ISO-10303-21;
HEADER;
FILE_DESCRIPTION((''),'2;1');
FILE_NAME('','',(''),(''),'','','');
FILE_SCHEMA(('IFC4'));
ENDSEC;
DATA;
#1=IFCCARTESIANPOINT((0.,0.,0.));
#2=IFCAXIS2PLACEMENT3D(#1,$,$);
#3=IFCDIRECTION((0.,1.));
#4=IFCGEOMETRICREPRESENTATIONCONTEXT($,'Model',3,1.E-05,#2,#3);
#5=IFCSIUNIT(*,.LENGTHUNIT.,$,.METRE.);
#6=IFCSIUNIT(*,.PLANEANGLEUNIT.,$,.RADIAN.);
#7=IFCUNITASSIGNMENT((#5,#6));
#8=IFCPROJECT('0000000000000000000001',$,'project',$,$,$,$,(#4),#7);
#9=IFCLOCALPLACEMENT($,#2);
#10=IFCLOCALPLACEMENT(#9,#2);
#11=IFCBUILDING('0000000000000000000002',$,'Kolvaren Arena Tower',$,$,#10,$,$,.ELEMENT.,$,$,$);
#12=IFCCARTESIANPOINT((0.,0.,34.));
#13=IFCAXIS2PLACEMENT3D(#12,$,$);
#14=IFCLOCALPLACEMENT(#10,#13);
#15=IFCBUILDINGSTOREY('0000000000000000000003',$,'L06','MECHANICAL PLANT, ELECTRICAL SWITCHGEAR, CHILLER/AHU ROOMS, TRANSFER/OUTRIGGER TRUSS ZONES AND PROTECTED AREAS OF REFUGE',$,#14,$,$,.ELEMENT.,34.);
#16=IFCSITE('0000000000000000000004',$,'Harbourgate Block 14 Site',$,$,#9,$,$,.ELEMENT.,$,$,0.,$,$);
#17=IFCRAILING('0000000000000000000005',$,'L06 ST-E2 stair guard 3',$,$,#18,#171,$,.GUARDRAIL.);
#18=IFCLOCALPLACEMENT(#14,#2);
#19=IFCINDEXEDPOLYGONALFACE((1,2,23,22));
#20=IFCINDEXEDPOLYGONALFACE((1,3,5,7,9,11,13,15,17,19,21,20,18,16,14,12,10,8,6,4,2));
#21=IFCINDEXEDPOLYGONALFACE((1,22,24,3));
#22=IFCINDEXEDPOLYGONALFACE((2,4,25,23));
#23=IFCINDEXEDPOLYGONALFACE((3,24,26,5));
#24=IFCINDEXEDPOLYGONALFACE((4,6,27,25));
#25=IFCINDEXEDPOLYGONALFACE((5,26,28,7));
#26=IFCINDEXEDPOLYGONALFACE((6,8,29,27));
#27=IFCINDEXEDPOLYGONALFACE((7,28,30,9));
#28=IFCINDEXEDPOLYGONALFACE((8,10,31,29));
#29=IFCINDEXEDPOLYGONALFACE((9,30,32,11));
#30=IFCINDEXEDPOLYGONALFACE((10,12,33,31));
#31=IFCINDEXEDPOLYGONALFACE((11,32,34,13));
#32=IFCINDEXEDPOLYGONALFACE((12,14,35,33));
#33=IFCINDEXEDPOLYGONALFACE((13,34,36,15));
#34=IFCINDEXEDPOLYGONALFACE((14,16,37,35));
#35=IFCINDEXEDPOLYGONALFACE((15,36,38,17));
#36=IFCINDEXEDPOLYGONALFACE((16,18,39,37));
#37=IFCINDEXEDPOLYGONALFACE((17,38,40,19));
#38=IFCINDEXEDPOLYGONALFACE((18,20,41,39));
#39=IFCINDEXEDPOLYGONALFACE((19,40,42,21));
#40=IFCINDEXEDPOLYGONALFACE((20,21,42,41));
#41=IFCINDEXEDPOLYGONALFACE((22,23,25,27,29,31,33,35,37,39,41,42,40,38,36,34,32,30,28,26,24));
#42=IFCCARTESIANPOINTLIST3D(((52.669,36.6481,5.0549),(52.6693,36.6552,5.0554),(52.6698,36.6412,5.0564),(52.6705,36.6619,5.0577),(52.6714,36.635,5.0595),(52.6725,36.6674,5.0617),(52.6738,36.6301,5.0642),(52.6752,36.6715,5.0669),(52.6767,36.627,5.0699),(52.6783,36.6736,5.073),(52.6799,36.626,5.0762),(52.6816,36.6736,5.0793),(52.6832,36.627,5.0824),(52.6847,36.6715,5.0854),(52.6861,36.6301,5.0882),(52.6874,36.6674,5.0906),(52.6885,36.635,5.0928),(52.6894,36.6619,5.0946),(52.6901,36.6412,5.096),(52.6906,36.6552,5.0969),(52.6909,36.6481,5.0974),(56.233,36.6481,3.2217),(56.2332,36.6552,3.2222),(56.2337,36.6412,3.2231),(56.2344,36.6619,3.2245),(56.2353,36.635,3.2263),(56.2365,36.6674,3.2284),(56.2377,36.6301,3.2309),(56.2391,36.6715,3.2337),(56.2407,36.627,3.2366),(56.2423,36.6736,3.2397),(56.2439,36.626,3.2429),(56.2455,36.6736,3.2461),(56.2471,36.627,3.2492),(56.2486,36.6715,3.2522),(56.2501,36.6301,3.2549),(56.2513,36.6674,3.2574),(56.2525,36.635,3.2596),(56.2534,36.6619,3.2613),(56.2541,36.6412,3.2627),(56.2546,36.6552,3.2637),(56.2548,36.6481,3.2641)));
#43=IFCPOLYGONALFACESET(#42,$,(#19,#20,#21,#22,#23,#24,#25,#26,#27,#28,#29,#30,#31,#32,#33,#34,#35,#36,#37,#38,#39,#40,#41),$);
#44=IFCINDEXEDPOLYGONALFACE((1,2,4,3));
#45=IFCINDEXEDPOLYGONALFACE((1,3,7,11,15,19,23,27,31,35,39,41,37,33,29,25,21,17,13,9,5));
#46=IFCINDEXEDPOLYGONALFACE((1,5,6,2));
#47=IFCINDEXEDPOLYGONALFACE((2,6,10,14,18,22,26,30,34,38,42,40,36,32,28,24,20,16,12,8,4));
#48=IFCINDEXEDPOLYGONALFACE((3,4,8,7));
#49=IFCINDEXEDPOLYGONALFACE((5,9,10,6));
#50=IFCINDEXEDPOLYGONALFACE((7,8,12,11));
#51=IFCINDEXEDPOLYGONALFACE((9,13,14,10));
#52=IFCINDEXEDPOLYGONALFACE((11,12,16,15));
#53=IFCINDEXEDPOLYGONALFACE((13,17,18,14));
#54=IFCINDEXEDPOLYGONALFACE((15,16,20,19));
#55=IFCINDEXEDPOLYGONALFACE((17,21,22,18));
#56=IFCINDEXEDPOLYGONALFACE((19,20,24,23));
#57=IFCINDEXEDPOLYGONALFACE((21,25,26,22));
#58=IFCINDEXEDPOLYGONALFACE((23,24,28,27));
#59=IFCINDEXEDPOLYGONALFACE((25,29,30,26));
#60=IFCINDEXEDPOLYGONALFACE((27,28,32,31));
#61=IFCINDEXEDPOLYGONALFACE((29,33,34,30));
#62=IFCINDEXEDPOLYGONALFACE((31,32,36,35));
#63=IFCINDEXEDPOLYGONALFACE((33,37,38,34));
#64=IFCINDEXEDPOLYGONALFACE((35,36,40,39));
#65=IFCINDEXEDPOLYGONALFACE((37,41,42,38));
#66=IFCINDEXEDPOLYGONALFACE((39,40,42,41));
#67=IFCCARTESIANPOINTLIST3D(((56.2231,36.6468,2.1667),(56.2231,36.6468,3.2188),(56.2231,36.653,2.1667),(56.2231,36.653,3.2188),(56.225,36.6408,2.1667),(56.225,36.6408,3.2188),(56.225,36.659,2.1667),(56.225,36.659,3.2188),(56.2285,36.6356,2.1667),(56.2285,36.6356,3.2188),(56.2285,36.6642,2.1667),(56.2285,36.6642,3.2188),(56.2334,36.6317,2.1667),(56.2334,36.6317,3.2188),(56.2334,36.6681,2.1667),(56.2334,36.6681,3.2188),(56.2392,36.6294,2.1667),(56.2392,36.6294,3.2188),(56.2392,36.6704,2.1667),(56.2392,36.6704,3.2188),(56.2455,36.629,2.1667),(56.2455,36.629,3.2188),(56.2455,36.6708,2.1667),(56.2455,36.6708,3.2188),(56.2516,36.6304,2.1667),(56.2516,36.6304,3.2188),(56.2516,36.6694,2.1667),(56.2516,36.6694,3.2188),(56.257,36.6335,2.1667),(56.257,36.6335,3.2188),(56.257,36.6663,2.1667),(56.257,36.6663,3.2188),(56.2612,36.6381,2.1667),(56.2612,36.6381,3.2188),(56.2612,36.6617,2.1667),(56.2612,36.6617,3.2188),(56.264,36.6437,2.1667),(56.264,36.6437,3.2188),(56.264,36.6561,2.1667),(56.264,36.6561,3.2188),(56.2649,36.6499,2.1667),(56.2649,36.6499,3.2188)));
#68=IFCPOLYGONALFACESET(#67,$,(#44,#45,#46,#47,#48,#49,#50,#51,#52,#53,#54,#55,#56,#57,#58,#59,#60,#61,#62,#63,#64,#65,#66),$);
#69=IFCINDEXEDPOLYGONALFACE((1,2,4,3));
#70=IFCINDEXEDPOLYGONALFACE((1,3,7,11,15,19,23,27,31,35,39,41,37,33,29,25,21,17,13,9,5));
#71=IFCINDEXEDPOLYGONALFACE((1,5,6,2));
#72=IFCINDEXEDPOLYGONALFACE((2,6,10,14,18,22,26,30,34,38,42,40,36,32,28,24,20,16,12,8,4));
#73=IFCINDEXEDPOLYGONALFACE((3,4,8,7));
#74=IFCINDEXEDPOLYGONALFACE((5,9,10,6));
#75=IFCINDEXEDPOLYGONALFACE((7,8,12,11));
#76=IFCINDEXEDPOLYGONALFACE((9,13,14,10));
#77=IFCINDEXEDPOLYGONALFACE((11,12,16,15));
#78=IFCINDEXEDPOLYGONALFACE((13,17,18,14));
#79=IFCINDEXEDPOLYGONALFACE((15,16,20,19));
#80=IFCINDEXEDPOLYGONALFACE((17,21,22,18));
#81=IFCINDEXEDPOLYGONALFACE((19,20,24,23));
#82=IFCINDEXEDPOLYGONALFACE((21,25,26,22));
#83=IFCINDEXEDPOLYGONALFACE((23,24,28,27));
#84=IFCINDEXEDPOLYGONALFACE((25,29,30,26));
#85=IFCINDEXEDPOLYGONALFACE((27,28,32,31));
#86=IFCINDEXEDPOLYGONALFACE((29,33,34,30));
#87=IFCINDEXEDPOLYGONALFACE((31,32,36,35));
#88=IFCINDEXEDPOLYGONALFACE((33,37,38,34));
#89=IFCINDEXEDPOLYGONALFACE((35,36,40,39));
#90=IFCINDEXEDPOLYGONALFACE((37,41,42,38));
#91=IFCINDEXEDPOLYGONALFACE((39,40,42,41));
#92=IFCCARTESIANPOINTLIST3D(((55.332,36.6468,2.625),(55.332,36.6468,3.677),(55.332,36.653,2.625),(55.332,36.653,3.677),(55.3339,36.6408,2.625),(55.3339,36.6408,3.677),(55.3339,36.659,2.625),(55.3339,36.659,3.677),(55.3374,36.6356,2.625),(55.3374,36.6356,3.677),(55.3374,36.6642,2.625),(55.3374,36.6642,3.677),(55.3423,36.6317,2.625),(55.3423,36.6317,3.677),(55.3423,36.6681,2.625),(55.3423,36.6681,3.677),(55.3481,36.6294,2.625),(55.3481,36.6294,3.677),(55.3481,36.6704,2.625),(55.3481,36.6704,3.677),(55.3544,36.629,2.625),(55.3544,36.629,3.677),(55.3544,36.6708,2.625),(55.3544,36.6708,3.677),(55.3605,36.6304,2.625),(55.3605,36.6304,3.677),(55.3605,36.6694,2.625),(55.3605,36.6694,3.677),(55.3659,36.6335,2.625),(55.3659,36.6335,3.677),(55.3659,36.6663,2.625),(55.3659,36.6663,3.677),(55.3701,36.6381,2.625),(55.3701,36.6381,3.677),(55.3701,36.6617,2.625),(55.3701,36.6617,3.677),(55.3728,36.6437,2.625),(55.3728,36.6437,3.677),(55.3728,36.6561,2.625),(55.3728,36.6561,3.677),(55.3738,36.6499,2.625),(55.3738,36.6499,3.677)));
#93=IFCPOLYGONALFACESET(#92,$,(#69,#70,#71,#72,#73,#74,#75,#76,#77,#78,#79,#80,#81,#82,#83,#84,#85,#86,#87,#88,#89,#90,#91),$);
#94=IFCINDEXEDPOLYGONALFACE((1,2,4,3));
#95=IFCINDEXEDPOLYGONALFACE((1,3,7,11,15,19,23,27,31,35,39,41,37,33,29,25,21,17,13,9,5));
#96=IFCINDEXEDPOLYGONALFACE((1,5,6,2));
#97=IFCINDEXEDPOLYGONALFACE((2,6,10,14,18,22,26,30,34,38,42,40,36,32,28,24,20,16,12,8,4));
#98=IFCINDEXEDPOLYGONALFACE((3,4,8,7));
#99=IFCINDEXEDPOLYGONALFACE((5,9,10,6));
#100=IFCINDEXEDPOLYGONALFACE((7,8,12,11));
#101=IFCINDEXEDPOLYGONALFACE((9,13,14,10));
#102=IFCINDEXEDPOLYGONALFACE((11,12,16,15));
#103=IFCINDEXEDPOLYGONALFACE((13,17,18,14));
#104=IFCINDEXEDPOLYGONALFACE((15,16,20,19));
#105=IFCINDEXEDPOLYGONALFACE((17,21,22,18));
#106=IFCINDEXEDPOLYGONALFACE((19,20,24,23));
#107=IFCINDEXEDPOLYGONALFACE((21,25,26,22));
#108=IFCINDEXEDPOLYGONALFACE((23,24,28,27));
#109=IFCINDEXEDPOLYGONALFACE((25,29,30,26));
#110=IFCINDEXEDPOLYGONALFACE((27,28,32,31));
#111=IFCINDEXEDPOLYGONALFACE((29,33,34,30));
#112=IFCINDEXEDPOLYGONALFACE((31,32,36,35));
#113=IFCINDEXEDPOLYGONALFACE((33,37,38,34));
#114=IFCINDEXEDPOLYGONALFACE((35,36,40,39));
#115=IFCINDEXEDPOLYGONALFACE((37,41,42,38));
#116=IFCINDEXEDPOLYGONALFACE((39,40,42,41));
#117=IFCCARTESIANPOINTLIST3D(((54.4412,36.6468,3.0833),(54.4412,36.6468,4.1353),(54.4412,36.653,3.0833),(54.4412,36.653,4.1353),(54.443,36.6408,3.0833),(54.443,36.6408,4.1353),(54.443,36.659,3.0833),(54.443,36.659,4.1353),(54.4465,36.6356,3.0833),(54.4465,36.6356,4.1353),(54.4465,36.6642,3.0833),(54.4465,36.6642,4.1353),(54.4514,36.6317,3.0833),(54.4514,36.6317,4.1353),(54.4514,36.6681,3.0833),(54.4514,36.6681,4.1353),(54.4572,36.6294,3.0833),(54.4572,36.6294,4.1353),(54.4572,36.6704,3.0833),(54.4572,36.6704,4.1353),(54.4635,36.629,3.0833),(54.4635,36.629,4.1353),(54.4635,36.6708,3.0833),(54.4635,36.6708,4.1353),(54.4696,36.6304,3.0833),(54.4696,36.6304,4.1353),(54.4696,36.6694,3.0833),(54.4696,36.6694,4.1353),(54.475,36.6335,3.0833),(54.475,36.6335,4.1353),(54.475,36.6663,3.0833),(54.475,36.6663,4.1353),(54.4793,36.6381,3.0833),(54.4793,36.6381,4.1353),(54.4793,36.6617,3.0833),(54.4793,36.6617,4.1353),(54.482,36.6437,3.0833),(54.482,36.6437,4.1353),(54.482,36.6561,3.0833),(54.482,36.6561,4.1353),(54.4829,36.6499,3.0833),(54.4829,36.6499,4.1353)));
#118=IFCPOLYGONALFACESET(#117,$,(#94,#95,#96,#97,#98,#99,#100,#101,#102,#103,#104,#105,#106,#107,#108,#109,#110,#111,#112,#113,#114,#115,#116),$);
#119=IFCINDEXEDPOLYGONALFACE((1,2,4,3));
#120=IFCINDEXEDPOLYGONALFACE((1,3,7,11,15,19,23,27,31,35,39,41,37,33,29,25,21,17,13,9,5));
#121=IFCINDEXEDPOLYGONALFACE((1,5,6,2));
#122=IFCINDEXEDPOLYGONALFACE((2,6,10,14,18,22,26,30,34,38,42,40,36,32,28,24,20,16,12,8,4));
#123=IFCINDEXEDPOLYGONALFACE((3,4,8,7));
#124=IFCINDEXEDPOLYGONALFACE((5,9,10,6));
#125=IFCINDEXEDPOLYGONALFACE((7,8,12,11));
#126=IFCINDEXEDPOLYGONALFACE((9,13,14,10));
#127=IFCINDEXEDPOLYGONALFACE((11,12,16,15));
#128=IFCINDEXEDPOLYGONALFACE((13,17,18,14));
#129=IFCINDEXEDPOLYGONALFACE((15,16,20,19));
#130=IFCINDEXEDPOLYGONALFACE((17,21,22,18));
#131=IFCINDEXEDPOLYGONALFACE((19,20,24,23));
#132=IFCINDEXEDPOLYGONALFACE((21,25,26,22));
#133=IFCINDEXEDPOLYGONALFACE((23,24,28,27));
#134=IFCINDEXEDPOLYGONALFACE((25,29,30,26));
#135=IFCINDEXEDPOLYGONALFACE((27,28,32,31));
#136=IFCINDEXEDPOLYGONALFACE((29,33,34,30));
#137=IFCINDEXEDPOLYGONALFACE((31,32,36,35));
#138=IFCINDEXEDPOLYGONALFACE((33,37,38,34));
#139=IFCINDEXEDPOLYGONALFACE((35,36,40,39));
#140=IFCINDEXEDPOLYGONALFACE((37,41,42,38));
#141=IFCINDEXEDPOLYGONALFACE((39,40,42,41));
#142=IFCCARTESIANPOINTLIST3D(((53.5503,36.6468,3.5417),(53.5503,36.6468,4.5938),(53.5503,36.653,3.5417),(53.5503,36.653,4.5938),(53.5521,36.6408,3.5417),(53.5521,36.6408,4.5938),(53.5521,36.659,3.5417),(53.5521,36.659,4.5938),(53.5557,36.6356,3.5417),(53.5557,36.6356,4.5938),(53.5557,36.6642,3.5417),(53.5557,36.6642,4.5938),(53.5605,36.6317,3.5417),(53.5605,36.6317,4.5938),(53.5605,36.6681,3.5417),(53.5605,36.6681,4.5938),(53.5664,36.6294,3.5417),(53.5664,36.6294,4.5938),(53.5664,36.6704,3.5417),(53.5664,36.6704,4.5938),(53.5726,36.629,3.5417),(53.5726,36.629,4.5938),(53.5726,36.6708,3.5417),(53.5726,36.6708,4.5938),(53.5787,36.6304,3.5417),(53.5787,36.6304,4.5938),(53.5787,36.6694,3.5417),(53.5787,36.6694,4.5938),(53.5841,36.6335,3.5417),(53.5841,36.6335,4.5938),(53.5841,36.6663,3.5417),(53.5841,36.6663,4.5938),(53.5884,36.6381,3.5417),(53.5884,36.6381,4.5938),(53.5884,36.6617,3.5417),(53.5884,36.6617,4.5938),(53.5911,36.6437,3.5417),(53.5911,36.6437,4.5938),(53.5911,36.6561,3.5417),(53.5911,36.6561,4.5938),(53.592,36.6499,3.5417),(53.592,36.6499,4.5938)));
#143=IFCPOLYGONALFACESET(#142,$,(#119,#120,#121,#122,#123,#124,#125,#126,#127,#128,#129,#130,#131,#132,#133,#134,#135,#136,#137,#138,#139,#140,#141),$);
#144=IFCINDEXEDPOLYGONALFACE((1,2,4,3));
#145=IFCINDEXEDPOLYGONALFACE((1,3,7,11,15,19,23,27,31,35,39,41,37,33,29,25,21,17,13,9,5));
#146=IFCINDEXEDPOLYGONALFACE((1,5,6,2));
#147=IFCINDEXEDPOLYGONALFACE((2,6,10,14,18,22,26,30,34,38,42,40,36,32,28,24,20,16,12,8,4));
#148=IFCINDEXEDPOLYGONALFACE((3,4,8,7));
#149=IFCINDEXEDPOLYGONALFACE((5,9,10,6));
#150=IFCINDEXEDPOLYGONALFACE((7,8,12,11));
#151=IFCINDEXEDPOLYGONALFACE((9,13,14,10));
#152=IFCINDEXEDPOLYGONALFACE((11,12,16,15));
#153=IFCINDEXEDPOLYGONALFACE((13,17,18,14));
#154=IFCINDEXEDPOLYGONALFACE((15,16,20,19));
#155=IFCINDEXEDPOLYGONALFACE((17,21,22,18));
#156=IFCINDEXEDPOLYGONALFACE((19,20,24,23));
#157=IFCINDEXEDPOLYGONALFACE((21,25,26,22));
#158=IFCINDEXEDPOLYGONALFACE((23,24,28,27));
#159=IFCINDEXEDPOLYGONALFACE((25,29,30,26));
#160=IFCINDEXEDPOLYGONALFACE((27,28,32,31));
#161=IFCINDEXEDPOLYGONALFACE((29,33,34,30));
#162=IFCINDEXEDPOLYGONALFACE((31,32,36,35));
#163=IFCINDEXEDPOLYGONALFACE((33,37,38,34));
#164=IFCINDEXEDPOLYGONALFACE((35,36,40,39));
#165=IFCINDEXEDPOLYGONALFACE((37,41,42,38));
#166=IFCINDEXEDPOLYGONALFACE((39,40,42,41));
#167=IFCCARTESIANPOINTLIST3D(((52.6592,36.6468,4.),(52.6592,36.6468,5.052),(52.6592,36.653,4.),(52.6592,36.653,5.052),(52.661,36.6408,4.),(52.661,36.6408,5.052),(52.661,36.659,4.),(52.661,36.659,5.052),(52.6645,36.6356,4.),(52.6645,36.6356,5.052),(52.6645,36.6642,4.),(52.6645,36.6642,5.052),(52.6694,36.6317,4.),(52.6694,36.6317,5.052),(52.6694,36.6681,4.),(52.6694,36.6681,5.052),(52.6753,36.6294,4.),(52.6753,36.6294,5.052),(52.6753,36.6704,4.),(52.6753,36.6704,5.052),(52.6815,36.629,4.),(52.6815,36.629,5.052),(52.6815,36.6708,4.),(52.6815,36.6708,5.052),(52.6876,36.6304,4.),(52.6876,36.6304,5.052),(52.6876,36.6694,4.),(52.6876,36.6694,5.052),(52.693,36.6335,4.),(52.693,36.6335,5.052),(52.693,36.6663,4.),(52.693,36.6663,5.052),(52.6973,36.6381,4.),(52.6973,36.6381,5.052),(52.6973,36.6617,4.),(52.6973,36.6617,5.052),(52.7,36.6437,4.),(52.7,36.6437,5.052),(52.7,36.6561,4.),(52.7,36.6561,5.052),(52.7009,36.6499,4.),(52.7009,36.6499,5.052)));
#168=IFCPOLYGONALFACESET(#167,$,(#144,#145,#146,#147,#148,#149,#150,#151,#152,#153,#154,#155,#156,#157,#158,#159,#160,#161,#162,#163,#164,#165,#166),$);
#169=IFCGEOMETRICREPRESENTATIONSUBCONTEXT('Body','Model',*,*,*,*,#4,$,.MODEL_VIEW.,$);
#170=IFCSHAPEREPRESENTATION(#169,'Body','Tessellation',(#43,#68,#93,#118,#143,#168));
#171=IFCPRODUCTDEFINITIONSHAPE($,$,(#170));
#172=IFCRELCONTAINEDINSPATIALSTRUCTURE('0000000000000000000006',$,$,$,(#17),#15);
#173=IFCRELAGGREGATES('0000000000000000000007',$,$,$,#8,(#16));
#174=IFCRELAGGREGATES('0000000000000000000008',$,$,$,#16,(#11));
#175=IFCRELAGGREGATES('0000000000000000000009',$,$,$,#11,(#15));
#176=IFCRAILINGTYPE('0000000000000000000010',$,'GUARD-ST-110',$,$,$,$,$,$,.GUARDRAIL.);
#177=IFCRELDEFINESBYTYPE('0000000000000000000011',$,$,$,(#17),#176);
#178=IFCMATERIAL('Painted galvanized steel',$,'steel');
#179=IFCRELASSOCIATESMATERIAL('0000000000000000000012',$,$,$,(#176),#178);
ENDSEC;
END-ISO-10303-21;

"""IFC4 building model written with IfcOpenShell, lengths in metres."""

from ifc_helpers import new_model, si_unit, direction, frame, origin, origin_2d, place, context, subcontext, project, spatial, circle, extrude, material, type_object, element, save


model = new_model("IFC4")

# Units and contexts
model_context = context("Model", 3, precision=1e-05, world=origin(), true_north=direction((0.0, 1.0)))
body_context = subcontext(model_context, "Body", "Model", "MODEL_VIEW")
ifc_project = project(units=[si_unit("LENGTHUNIT", "METRE"), si_unit("PLANEANGLEUNIT", "RADIAN")], contexts=[model_context])

# Site, building, storey
site_placement = place(None, origin())
site = spatial("IfcSite", under=ifc_project, at=site_placement, Name="Harbourgate Block 14 Site", CompositionType="ELEMENT", RefElevation=0.0)
building_placement = place(site_placement, origin())
building = spatial("IfcBuilding", under=site, at=building_placement, Name="Kolvaren Arena Tower", CompositionType="ELEMENT")
storey_placement = place(building_placement, frame((0.0, 0.0, 34.0)))
storey = spatial("IfcBuildingStorey", under=building, at=storey_placement, Name="L06", Description="MECHANICAL PLANT, ELECTRICAL SWITCHGEAR, CHILLER/AHU ROOMS, TRANSFER/OUTRIGGER TRUSS ZONES AND PROTECTED AREAS OF REFUGE", CompositionType="ELEMENT", Elevation=34.0)

# Railing
ifc_material_1 = material(Name="Painted galvanized steel", Category="steel")
railing_type_1 = type_object("IfcRailingType", Name="GUARD-ST-110", PredefinedType="GUARDRAIL", material=ifc_material_1)
railing_1_placement = place(storey_placement, frame((56.2439, 36.6499, 2.1667)))
element("IfcRailing", 1, at=railing_1_placement, inside=storey, type_object=railing_type_1, Name="L06 ST-E2 stair guard 3", PredefinedType="GUARDRAIL", context=body_context, shape_type="SweptSolid", body=[
    extrude(circle(Radius=0.0239, at=origin_2d()), frame((0.0, 0.0, 1.0762), z_axis=(-0.889252, 0.0, 0.457418), x_axis=(0.0, -1.0, 0.0)), (0.0, 0.0, 1.0), 4.0078),
    extrude(circle(Radius=0.021, at=origin_2d()), origin(), (0.0, 0.0, 1.0), 1.052),
    extrude(circle(Radius=0.021, at=origin_2d()), frame((-0.8911, 0.0, 0.4583)), (0.0, 0.0, 1.0), 1.052),
    extrude(circle(Radius=0.021, at=origin_2d()), frame((-1.782, 0.0, 0.9165)), (0.0, 0.0, 1.0), 1.052),
    extrude(circle(Radius=0.021, at=origin_2d()), frame((-2.6729, 0.0, 1.375)), (0.0, 0.0, 1.0), 1.052),
    extrude(circle(Radius=0.021, at=origin_2d()), frame((-3.564, 0.0, 1.8333)), (0.0, 0.0, 1.0), 1.052),
])

save(model, "model.ifc")
